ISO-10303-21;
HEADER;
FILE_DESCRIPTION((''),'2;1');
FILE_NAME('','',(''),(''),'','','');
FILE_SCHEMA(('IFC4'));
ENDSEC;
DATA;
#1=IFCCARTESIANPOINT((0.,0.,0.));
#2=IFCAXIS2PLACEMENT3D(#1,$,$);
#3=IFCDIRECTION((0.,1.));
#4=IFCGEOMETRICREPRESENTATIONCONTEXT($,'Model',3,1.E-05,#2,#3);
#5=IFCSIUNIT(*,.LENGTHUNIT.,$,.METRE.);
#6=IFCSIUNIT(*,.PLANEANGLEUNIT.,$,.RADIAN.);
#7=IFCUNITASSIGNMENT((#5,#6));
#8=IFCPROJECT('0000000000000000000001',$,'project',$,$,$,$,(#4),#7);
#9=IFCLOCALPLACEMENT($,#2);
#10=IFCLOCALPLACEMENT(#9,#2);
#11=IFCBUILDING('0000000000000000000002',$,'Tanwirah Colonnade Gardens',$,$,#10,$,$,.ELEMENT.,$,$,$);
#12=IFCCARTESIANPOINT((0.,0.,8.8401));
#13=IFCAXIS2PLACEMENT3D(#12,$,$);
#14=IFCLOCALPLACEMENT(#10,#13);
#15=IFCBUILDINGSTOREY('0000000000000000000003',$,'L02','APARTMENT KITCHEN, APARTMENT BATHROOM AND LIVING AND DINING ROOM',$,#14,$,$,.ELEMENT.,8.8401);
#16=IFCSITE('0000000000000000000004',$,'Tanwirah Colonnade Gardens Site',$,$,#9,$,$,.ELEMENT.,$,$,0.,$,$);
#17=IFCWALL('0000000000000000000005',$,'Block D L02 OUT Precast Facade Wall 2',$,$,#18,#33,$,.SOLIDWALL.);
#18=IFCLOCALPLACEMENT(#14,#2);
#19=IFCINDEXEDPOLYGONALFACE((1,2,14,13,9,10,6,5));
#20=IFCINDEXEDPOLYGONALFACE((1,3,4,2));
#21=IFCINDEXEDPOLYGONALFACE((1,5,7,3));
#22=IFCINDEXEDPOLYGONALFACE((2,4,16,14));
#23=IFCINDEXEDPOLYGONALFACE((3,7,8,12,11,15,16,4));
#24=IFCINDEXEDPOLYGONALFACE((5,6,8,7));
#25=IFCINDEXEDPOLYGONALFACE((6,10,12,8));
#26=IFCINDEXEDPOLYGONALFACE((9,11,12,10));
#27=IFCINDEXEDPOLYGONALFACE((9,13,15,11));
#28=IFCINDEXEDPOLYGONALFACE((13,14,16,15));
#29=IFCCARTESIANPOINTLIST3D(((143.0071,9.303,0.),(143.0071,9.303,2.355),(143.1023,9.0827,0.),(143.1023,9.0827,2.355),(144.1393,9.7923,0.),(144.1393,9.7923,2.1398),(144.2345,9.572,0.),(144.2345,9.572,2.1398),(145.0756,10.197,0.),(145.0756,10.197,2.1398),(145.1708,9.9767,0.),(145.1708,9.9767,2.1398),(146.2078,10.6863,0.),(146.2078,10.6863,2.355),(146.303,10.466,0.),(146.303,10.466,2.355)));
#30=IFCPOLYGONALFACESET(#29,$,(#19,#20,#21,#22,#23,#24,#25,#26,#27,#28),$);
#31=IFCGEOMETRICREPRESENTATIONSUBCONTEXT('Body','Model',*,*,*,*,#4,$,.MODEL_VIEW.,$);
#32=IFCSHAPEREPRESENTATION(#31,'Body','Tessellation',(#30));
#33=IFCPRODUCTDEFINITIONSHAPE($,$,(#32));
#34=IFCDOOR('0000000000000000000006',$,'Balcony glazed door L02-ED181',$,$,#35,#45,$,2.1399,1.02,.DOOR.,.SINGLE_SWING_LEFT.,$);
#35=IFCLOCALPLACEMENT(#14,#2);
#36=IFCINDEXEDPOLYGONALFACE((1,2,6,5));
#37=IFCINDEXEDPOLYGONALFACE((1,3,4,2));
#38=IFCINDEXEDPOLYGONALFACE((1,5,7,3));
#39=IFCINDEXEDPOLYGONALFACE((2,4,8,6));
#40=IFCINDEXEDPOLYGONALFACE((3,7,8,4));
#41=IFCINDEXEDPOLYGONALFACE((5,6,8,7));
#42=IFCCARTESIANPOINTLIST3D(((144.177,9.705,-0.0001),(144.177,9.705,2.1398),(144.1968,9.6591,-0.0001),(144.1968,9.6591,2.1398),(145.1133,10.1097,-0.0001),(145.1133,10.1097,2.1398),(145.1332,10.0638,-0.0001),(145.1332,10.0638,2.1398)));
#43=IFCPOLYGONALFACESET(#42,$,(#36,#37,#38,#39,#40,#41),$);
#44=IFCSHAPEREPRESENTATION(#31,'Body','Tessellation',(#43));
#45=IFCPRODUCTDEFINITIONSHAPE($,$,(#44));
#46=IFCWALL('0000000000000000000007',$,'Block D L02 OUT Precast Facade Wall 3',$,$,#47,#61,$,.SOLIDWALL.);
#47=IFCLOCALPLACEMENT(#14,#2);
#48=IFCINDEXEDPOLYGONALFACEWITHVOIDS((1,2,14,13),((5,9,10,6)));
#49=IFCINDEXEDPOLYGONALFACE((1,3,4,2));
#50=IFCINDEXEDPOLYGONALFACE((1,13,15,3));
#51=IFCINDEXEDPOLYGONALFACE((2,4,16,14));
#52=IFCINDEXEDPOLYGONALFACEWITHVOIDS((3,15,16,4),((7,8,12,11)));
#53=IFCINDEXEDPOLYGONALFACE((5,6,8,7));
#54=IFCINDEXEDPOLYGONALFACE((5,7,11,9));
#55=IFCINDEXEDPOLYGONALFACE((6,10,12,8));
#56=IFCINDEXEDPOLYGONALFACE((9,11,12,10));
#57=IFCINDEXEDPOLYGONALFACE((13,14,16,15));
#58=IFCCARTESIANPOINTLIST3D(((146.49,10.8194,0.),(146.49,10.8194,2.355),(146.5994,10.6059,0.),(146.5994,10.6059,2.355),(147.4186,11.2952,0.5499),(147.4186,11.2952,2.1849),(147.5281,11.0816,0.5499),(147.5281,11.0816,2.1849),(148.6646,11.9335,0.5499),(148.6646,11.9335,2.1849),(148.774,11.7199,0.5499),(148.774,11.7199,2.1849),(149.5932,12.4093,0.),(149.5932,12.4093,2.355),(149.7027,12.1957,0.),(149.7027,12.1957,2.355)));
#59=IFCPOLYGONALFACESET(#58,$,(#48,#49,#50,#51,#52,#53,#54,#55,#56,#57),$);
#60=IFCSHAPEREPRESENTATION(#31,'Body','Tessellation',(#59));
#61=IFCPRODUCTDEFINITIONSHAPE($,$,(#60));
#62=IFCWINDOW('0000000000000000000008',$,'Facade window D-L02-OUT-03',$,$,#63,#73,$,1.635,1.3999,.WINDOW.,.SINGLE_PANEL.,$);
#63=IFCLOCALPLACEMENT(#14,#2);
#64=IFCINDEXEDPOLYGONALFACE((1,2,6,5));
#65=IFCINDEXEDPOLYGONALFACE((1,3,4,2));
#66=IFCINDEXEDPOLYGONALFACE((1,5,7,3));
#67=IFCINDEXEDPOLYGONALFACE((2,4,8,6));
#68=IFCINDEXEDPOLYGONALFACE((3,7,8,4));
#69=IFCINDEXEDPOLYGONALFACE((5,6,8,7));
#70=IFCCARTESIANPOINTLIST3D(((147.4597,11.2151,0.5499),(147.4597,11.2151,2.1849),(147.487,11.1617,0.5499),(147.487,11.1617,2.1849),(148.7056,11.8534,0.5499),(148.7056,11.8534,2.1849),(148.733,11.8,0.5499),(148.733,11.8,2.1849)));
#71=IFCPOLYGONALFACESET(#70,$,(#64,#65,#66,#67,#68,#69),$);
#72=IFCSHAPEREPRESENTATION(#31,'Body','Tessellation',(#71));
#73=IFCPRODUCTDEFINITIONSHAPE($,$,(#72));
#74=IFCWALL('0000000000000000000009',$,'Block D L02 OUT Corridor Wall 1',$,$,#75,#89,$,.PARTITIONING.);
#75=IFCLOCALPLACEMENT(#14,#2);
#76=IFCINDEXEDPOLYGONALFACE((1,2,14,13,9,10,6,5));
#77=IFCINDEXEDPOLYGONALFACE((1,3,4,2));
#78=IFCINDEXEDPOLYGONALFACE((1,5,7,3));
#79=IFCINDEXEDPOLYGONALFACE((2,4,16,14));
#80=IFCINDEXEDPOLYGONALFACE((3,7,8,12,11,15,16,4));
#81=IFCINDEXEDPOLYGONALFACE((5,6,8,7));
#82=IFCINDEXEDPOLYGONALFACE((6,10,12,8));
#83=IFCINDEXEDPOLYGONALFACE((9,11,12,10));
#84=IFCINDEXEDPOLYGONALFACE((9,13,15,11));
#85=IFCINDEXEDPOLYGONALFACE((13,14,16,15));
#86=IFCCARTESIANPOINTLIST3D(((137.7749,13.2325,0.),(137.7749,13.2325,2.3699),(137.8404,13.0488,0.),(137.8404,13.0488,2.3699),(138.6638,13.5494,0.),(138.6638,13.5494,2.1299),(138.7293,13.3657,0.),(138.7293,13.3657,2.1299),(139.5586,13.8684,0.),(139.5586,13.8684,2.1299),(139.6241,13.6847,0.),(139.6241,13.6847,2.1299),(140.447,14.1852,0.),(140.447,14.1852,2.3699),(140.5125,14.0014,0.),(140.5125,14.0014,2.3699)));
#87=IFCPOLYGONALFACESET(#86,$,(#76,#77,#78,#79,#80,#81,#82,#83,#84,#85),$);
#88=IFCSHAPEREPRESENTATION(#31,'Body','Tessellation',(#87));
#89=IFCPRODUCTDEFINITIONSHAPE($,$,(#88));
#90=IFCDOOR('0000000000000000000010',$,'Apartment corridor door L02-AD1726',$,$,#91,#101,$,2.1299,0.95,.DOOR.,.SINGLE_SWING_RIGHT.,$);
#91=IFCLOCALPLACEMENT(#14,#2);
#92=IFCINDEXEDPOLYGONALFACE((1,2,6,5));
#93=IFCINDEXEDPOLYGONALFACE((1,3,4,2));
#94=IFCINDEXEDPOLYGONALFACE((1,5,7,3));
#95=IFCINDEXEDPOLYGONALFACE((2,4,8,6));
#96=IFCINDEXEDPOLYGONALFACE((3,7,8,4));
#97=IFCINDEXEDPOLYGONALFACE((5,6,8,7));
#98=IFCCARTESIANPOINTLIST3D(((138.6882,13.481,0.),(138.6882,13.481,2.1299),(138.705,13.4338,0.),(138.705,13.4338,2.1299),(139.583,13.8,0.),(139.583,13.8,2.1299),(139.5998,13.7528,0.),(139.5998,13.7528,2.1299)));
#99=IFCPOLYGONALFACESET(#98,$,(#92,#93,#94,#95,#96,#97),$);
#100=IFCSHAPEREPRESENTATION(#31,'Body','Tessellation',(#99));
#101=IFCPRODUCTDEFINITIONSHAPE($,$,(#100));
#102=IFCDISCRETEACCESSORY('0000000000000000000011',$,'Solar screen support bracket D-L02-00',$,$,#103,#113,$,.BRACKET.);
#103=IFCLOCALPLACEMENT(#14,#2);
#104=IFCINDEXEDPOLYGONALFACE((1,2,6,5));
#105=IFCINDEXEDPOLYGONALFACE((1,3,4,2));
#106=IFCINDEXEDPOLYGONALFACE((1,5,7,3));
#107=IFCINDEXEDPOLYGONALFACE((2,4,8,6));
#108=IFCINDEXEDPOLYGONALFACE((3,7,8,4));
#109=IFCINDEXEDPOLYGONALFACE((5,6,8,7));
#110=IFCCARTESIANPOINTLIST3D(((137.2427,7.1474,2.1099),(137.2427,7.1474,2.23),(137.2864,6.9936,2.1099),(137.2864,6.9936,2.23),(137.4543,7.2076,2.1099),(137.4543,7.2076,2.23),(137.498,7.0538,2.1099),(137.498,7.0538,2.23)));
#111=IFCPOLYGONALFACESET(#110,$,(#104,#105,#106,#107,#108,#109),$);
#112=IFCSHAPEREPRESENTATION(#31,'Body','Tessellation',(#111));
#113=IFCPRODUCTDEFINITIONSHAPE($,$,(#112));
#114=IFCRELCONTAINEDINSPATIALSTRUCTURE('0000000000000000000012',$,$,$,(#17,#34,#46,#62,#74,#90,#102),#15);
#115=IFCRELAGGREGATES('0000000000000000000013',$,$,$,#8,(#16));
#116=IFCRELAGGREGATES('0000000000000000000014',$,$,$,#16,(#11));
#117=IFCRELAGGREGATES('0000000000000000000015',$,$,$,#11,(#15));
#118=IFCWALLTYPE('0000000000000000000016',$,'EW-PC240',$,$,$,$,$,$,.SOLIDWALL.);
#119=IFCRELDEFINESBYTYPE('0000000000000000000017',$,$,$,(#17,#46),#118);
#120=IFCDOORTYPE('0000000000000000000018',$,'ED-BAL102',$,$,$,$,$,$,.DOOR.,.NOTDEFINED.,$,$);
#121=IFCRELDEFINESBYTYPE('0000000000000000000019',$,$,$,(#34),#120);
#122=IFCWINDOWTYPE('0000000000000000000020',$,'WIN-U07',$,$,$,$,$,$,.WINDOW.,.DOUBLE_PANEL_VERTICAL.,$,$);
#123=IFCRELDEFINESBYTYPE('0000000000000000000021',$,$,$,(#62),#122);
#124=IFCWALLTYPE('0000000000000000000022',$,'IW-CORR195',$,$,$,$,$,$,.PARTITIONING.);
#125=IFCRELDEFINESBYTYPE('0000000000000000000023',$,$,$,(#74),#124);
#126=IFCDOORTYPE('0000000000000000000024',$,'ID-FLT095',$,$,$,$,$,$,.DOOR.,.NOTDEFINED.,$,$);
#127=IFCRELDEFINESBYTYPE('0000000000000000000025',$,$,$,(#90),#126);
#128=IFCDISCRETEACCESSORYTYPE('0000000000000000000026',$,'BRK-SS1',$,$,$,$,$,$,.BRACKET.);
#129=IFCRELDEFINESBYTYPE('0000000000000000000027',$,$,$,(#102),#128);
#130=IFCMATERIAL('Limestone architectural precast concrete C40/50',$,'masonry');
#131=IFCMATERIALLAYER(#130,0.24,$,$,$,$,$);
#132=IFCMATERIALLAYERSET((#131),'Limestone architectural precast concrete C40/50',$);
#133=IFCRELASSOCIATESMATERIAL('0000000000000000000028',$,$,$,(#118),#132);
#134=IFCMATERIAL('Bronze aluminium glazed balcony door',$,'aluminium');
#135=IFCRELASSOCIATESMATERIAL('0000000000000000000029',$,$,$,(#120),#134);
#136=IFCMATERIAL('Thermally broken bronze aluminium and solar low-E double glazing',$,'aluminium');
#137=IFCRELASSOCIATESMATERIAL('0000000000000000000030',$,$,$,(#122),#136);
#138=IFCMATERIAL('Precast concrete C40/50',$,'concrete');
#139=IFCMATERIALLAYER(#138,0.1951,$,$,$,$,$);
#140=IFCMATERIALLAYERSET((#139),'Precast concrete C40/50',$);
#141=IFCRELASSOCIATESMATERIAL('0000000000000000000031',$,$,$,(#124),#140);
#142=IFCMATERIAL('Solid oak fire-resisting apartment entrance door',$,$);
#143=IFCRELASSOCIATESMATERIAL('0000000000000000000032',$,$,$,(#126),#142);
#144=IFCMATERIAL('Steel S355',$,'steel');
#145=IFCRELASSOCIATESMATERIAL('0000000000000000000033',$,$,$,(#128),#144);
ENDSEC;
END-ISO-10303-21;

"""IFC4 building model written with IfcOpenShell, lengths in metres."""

from ifc_helpers import new_model, si_unit, direction, frame, frame_2d, origin, origin_2d, place, context, subcontext, project, spatial, rectangle, extrude, material, layer, layer_set, type_object, element, fill, save


model = new_model("IFC4")

# Units and contexts
model_context = context("Model", 3, precision=1e-05, world=origin(), true_north=direction((0.0, 1.0)))
body_context = subcontext(model_context, "Body", "Model", "MODEL_VIEW")
ifc_project = project(units=[si_unit("LENGTHUNIT", "METRE"), si_unit("PLANEANGLEUNIT", "RADIAN")], contexts=[model_context])

# Site, building, storey
site_placement = place(None, origin())
site = spatial("IfcSite", under=ifc_project, at=site_placement, Name="Tanwirah Colonnade Gardens Site", CompositionType="ELEMENT", RefElevation=0.0)
building_placement = place(site_placement, origin())
building = spatial("IfcBuilding", under=site, at=building_placement, Name="Tanwirah Colonnade Gardens", CompositionType="ELEMENT")
storey_placement = place(building_placement, frame((0.0, 0.0, 8.8401)))
storey = spatial("IfcBuildingStorey", under=building, at=storey_placement, Name="L02", Description="APARTMENT KITCHEN, APARTMENT BATHROOM AND LIVING AND DINING ROOM", CompositionType="ELEMENT", Elevation=8.8401)

# Shared definitions
ifc_material_1 = material(Name="Precast concrete C40/50", Category="concrete")

# Shared definitions
ifc_material_2 = material(Name="Limestone architectural precast concrete C40/50", Category="masonry")
ifc_layer_1 = layer(ifc_material_2, 0.24)
ifc_layer_set_1 = layer_set([ifc_layer_1], Name="Limestone architectural precast concrete C40/50")
wall_type_1 = type_object("IfcWallType", Name="EW-PC240", PredefinedType="SOLIDWALL", material=ifc_layer_set_1)
ifc_material_3 = material(Name="Thermally broken bronze aluminium and solar low-E double glazing", Category="aluminium")

# Wall, opening, door
wall_1_placement = place(storey_placement, frame((143.0547, 9.1929, 0.0), z_axis=(0.0, 0.0, 1.0), x_axis=(0.917938, 0.396723, 0.0)))
wall_1 = element("IfcWall", 1, at=wall_1_placement, inside=storey, type_object=wall_type_1, Name="Block D L02 OUT Precast Facade Wall 2", PredefinedType="SOLIDWALL", context=body_context, shape_type="SweptSolid", body=[
    extrude(rectangle(XDim=3.4868, YDim=0.24, at=frame_2d((1.7434, 0.0))), origin(), (0.0, 0.0, 1.0), 2.355),
])
opening_1_placement = place(wall_1_placement, frame((1.2334, 0.0, 0.0)))
opening_1 = element("IfcOpeningElement", 2, at=opening_1_placement, cuts=wall_1, PredefinedType="OPENING", context=body_context, shape_type="SweptSolid", body=[
    extrude(rectangle(XDim=1.02, YDim=2.1399, at=frame_2d((0.51, 1.0698))), frame((0.0, 0.1299, 0.0), z_axis=(0.0, -1.0, 0.0), x_axis=(1.0, 0.0, 0.0)), (0.0, 0.0, 1.0), 0.26),
])
ifc_material_4 = material(Name="Bronze aluminium glazed balcony door", Category="aluminium")
door_type_1 = type_object("IfcDoorType", Name="ED-BAL102", OperationType="NOTDEFINED", PredefinedType="DOOR", material=ifc_material_4)
door_1_placement = place(opening_1_placement, origin())
door_1 = element("IfcDoor", 3, at=door_1_placement, inside=storey, type_object=door_type_1, Name="Balcony glazed door L02-ED181", OperationType="SINGLE_SWING_LEFT", OverallHeight=2.1399, OverallWidth=1.02, PredefinedType="DOOR", context=body_context, shape_type="SweptSolid", body=[
    extrude(rectangle(XDim=1.02, YDim=2.1399, at=frame_2d((0.51, 1.0698))), frame((0.0, 0.0249, 0.0), z_axis=(0.0, -1.0, 0.0), x_axis=(1.0, 0.0, 0.0)), (0.0, 0.0, 1.0), 0.05),
])
fill(opening_1, door_1)

# Wall, opening, window
wall_2_placement = place(storey_placement, frame((146.5447, 10.7126, 0.0), z_axis=(0.0, 0.0, 1.0), x_axis=(0.890001, 0.455958, 0.0)))
wall_2 = element("IfcWall", 4, at=wall_2_placement, inside=storey, type_object=wall_type_1, Name="Block D L02 OUT Precast Facade Wall 3", PredefinedType="SOLIDWALL", context=body_context, shape_type="SweptSolid", body=[
    extrude(rectangle(XDim=3.4868, YDim=0.24, at=frame_2d((1.7434, 0.0))), origin(), (0.0, 0.0, 1.0), 2.355),
])
opening_2_placement = place(wall_2_placement, frame((1.0435, 0.0, 0.55)))
opening_2 = element("IfcOpeningElement", 5, at=opening_2_placement, cuts=wall_2, PredefinedType="OPENING", context=body_context, shape_type="SweptSolid", body=[
    extrude(rectangle(XDim=1.3999, YDim=1.635, at=frame_2d((0.7, 0.8174))), frame((0.0, 0.1299, 0.0), z_axis=(0.0, -1.0, 0.0), x_axis=(1.0, 0.0, 0.0)), (0.0, 0.0, 1.0), 0.26),
])
window_type_1 = type_object("IfcWindowType", Name="WIN-U07", PartitioningType="DOUBLE_PANEL_VERTICAL", PredefinedType="WINDOW", material=ifc_material_3)
window_1_placement = place(opening_2_placement, origin())
window_1 = element("IfcWindow", 6, at=window_1_placement, inside=storey, type_object=window_type_1, Name="Facade window D-L02-OUT-03", OverallHeight=1.635, OverallWidth=1.3999, PartitioningType="SINGLE_PANEL", PredefinedType="WINDOW", context=body_context, shape_type="SweptSolid", body=[
    extrude(rectangle(XDim=1.3999, YDim=1.635, at=frame_2d((0.7, 0.8174))), frame((0.0, 0.03, 0.0), z_axis=(0.0, -1.0, 0.0), x_axis=(1.0, 0.0, 0.0)), (0.0, 0.0, 1.0), 0.0601),
])
fill(opening_2, window_1)

# Wall, opening, door
ifc_layer_2 = layer(ifc_material_1, 0.1951)
ifc_layer_set_2 = layer_set([ifc_layer_2], Name="Precast concrete C40/50")
wall_type_2 = type_object("IfcWallType", Name="IW-CORR195", PredefinedType="PARTITIONING", material=ifc_layer_set_2)
wall_3_placement = place(storey_placement, frame((137.8076, 13.1406, 0.0), z_axis=(0.0, 0.0, 1.0), x_axis=(0.941931, 0.335808, 0.0)))
wall_3 = element("IfcWall", 7, at=wall_3_placement, inside=storey, type_object=wall_type_2, Name="Block D L02 OUT Corridor Wall 1", PredefinedType="PARTITIONING", context=body_context, shape_type="SweptSolid", body=[
    extrude(rectangle(XDim=2.8369, YDim=0.1951, at=frame_2d((1.4185, 0.0))), origin(), (0.0, 0.0, 1.0), 2.3699),
])
opening_3_placement = place(wall_3_placement, frame((0.9436, 0.0, 0.0)))
opening_3 = element("IfcOpeningElement", 8, at=opening_3_placement, cuts=wall_3, PredefinedType="OPENING", context=body_context, shape_type="SweptSolid", body=[
    extrude(rectangle(XDim=0.95, YDim=2.1299, at=frame_2d((0.4751, 1.0649))), frame((0.0, 0.1074, 0.0), z_axis=(0.0, -1.0, 0.0), x_axis=(1.0, 0.0, 0.0)), (0.0, 0.0, 1.0), 0.2151),
])
ifc_material_5 = material(Name="Solid oak fire-resisting apartment entrance door")
door_type_2 = type_object("IfcDoorType", Name="ID-FLT095", OperationType="NOTDEFINED", PredefinedType="DOOR", material=ifc_material_5)
door_2_placement = place(opening_3_placement, origin())
door_2 = element("IfcDoor", 9, at=door_2_placement, inside=storey, type_object=door_type_2, Name="Apartment corridor door L02-AD1726", OperationType="SINGLE_SWING_RIGHT", OverallHeight=2.1299, OverallWidth=0.95, PredefinedType="DOOR", context=body_context, shape_type="SweptSolid", body=[
    extrude(rectangle(XDim=0.95, YDim=2.1299, at=frame_2d((0.4751, 1.0649))), frame((0.0, 0.0249, 0.0), z_axis=(0.0, -1.0, 0.0), x_axis=(1.0, 0.0, 0.0)), (0.0, 0.0, 1.0), 0.05),
])
fill(opening_3, door_2)

# Discrete accessory
ifc_material_6 = material(Name="Steel S355", Category="steel")
discrete_accessory_type = type_object("IfcDiscreteAccessoryType", Name="BRK-SS1", PredefinedType="BRACKET", material=ifc_material_6)
discrete_accessory_placement = place(storey_placement, frame((137.3704, 7.1006, 2.1099), z_axis=(0.0, 0.0, 1.0), x_axis=(0.961861, 0.273539, 0.0)))
element("IfcDiscreteAccessory", 10, at=discrete_accessory_placement, inside=storey, type_object=discrete_accessory_type, Name="Solar screen support bracket D-L02-00", PredefinedType="BRACKET", context=body_context, shape_type="SweptSolid", body=[
    extrude(rectangle(XDim=0.22, YDim=0.1599, at=origin_2d()), origin(), (0.0, 0.0, 1.0), 0.1201),
])

save(model, "model.ifc")
